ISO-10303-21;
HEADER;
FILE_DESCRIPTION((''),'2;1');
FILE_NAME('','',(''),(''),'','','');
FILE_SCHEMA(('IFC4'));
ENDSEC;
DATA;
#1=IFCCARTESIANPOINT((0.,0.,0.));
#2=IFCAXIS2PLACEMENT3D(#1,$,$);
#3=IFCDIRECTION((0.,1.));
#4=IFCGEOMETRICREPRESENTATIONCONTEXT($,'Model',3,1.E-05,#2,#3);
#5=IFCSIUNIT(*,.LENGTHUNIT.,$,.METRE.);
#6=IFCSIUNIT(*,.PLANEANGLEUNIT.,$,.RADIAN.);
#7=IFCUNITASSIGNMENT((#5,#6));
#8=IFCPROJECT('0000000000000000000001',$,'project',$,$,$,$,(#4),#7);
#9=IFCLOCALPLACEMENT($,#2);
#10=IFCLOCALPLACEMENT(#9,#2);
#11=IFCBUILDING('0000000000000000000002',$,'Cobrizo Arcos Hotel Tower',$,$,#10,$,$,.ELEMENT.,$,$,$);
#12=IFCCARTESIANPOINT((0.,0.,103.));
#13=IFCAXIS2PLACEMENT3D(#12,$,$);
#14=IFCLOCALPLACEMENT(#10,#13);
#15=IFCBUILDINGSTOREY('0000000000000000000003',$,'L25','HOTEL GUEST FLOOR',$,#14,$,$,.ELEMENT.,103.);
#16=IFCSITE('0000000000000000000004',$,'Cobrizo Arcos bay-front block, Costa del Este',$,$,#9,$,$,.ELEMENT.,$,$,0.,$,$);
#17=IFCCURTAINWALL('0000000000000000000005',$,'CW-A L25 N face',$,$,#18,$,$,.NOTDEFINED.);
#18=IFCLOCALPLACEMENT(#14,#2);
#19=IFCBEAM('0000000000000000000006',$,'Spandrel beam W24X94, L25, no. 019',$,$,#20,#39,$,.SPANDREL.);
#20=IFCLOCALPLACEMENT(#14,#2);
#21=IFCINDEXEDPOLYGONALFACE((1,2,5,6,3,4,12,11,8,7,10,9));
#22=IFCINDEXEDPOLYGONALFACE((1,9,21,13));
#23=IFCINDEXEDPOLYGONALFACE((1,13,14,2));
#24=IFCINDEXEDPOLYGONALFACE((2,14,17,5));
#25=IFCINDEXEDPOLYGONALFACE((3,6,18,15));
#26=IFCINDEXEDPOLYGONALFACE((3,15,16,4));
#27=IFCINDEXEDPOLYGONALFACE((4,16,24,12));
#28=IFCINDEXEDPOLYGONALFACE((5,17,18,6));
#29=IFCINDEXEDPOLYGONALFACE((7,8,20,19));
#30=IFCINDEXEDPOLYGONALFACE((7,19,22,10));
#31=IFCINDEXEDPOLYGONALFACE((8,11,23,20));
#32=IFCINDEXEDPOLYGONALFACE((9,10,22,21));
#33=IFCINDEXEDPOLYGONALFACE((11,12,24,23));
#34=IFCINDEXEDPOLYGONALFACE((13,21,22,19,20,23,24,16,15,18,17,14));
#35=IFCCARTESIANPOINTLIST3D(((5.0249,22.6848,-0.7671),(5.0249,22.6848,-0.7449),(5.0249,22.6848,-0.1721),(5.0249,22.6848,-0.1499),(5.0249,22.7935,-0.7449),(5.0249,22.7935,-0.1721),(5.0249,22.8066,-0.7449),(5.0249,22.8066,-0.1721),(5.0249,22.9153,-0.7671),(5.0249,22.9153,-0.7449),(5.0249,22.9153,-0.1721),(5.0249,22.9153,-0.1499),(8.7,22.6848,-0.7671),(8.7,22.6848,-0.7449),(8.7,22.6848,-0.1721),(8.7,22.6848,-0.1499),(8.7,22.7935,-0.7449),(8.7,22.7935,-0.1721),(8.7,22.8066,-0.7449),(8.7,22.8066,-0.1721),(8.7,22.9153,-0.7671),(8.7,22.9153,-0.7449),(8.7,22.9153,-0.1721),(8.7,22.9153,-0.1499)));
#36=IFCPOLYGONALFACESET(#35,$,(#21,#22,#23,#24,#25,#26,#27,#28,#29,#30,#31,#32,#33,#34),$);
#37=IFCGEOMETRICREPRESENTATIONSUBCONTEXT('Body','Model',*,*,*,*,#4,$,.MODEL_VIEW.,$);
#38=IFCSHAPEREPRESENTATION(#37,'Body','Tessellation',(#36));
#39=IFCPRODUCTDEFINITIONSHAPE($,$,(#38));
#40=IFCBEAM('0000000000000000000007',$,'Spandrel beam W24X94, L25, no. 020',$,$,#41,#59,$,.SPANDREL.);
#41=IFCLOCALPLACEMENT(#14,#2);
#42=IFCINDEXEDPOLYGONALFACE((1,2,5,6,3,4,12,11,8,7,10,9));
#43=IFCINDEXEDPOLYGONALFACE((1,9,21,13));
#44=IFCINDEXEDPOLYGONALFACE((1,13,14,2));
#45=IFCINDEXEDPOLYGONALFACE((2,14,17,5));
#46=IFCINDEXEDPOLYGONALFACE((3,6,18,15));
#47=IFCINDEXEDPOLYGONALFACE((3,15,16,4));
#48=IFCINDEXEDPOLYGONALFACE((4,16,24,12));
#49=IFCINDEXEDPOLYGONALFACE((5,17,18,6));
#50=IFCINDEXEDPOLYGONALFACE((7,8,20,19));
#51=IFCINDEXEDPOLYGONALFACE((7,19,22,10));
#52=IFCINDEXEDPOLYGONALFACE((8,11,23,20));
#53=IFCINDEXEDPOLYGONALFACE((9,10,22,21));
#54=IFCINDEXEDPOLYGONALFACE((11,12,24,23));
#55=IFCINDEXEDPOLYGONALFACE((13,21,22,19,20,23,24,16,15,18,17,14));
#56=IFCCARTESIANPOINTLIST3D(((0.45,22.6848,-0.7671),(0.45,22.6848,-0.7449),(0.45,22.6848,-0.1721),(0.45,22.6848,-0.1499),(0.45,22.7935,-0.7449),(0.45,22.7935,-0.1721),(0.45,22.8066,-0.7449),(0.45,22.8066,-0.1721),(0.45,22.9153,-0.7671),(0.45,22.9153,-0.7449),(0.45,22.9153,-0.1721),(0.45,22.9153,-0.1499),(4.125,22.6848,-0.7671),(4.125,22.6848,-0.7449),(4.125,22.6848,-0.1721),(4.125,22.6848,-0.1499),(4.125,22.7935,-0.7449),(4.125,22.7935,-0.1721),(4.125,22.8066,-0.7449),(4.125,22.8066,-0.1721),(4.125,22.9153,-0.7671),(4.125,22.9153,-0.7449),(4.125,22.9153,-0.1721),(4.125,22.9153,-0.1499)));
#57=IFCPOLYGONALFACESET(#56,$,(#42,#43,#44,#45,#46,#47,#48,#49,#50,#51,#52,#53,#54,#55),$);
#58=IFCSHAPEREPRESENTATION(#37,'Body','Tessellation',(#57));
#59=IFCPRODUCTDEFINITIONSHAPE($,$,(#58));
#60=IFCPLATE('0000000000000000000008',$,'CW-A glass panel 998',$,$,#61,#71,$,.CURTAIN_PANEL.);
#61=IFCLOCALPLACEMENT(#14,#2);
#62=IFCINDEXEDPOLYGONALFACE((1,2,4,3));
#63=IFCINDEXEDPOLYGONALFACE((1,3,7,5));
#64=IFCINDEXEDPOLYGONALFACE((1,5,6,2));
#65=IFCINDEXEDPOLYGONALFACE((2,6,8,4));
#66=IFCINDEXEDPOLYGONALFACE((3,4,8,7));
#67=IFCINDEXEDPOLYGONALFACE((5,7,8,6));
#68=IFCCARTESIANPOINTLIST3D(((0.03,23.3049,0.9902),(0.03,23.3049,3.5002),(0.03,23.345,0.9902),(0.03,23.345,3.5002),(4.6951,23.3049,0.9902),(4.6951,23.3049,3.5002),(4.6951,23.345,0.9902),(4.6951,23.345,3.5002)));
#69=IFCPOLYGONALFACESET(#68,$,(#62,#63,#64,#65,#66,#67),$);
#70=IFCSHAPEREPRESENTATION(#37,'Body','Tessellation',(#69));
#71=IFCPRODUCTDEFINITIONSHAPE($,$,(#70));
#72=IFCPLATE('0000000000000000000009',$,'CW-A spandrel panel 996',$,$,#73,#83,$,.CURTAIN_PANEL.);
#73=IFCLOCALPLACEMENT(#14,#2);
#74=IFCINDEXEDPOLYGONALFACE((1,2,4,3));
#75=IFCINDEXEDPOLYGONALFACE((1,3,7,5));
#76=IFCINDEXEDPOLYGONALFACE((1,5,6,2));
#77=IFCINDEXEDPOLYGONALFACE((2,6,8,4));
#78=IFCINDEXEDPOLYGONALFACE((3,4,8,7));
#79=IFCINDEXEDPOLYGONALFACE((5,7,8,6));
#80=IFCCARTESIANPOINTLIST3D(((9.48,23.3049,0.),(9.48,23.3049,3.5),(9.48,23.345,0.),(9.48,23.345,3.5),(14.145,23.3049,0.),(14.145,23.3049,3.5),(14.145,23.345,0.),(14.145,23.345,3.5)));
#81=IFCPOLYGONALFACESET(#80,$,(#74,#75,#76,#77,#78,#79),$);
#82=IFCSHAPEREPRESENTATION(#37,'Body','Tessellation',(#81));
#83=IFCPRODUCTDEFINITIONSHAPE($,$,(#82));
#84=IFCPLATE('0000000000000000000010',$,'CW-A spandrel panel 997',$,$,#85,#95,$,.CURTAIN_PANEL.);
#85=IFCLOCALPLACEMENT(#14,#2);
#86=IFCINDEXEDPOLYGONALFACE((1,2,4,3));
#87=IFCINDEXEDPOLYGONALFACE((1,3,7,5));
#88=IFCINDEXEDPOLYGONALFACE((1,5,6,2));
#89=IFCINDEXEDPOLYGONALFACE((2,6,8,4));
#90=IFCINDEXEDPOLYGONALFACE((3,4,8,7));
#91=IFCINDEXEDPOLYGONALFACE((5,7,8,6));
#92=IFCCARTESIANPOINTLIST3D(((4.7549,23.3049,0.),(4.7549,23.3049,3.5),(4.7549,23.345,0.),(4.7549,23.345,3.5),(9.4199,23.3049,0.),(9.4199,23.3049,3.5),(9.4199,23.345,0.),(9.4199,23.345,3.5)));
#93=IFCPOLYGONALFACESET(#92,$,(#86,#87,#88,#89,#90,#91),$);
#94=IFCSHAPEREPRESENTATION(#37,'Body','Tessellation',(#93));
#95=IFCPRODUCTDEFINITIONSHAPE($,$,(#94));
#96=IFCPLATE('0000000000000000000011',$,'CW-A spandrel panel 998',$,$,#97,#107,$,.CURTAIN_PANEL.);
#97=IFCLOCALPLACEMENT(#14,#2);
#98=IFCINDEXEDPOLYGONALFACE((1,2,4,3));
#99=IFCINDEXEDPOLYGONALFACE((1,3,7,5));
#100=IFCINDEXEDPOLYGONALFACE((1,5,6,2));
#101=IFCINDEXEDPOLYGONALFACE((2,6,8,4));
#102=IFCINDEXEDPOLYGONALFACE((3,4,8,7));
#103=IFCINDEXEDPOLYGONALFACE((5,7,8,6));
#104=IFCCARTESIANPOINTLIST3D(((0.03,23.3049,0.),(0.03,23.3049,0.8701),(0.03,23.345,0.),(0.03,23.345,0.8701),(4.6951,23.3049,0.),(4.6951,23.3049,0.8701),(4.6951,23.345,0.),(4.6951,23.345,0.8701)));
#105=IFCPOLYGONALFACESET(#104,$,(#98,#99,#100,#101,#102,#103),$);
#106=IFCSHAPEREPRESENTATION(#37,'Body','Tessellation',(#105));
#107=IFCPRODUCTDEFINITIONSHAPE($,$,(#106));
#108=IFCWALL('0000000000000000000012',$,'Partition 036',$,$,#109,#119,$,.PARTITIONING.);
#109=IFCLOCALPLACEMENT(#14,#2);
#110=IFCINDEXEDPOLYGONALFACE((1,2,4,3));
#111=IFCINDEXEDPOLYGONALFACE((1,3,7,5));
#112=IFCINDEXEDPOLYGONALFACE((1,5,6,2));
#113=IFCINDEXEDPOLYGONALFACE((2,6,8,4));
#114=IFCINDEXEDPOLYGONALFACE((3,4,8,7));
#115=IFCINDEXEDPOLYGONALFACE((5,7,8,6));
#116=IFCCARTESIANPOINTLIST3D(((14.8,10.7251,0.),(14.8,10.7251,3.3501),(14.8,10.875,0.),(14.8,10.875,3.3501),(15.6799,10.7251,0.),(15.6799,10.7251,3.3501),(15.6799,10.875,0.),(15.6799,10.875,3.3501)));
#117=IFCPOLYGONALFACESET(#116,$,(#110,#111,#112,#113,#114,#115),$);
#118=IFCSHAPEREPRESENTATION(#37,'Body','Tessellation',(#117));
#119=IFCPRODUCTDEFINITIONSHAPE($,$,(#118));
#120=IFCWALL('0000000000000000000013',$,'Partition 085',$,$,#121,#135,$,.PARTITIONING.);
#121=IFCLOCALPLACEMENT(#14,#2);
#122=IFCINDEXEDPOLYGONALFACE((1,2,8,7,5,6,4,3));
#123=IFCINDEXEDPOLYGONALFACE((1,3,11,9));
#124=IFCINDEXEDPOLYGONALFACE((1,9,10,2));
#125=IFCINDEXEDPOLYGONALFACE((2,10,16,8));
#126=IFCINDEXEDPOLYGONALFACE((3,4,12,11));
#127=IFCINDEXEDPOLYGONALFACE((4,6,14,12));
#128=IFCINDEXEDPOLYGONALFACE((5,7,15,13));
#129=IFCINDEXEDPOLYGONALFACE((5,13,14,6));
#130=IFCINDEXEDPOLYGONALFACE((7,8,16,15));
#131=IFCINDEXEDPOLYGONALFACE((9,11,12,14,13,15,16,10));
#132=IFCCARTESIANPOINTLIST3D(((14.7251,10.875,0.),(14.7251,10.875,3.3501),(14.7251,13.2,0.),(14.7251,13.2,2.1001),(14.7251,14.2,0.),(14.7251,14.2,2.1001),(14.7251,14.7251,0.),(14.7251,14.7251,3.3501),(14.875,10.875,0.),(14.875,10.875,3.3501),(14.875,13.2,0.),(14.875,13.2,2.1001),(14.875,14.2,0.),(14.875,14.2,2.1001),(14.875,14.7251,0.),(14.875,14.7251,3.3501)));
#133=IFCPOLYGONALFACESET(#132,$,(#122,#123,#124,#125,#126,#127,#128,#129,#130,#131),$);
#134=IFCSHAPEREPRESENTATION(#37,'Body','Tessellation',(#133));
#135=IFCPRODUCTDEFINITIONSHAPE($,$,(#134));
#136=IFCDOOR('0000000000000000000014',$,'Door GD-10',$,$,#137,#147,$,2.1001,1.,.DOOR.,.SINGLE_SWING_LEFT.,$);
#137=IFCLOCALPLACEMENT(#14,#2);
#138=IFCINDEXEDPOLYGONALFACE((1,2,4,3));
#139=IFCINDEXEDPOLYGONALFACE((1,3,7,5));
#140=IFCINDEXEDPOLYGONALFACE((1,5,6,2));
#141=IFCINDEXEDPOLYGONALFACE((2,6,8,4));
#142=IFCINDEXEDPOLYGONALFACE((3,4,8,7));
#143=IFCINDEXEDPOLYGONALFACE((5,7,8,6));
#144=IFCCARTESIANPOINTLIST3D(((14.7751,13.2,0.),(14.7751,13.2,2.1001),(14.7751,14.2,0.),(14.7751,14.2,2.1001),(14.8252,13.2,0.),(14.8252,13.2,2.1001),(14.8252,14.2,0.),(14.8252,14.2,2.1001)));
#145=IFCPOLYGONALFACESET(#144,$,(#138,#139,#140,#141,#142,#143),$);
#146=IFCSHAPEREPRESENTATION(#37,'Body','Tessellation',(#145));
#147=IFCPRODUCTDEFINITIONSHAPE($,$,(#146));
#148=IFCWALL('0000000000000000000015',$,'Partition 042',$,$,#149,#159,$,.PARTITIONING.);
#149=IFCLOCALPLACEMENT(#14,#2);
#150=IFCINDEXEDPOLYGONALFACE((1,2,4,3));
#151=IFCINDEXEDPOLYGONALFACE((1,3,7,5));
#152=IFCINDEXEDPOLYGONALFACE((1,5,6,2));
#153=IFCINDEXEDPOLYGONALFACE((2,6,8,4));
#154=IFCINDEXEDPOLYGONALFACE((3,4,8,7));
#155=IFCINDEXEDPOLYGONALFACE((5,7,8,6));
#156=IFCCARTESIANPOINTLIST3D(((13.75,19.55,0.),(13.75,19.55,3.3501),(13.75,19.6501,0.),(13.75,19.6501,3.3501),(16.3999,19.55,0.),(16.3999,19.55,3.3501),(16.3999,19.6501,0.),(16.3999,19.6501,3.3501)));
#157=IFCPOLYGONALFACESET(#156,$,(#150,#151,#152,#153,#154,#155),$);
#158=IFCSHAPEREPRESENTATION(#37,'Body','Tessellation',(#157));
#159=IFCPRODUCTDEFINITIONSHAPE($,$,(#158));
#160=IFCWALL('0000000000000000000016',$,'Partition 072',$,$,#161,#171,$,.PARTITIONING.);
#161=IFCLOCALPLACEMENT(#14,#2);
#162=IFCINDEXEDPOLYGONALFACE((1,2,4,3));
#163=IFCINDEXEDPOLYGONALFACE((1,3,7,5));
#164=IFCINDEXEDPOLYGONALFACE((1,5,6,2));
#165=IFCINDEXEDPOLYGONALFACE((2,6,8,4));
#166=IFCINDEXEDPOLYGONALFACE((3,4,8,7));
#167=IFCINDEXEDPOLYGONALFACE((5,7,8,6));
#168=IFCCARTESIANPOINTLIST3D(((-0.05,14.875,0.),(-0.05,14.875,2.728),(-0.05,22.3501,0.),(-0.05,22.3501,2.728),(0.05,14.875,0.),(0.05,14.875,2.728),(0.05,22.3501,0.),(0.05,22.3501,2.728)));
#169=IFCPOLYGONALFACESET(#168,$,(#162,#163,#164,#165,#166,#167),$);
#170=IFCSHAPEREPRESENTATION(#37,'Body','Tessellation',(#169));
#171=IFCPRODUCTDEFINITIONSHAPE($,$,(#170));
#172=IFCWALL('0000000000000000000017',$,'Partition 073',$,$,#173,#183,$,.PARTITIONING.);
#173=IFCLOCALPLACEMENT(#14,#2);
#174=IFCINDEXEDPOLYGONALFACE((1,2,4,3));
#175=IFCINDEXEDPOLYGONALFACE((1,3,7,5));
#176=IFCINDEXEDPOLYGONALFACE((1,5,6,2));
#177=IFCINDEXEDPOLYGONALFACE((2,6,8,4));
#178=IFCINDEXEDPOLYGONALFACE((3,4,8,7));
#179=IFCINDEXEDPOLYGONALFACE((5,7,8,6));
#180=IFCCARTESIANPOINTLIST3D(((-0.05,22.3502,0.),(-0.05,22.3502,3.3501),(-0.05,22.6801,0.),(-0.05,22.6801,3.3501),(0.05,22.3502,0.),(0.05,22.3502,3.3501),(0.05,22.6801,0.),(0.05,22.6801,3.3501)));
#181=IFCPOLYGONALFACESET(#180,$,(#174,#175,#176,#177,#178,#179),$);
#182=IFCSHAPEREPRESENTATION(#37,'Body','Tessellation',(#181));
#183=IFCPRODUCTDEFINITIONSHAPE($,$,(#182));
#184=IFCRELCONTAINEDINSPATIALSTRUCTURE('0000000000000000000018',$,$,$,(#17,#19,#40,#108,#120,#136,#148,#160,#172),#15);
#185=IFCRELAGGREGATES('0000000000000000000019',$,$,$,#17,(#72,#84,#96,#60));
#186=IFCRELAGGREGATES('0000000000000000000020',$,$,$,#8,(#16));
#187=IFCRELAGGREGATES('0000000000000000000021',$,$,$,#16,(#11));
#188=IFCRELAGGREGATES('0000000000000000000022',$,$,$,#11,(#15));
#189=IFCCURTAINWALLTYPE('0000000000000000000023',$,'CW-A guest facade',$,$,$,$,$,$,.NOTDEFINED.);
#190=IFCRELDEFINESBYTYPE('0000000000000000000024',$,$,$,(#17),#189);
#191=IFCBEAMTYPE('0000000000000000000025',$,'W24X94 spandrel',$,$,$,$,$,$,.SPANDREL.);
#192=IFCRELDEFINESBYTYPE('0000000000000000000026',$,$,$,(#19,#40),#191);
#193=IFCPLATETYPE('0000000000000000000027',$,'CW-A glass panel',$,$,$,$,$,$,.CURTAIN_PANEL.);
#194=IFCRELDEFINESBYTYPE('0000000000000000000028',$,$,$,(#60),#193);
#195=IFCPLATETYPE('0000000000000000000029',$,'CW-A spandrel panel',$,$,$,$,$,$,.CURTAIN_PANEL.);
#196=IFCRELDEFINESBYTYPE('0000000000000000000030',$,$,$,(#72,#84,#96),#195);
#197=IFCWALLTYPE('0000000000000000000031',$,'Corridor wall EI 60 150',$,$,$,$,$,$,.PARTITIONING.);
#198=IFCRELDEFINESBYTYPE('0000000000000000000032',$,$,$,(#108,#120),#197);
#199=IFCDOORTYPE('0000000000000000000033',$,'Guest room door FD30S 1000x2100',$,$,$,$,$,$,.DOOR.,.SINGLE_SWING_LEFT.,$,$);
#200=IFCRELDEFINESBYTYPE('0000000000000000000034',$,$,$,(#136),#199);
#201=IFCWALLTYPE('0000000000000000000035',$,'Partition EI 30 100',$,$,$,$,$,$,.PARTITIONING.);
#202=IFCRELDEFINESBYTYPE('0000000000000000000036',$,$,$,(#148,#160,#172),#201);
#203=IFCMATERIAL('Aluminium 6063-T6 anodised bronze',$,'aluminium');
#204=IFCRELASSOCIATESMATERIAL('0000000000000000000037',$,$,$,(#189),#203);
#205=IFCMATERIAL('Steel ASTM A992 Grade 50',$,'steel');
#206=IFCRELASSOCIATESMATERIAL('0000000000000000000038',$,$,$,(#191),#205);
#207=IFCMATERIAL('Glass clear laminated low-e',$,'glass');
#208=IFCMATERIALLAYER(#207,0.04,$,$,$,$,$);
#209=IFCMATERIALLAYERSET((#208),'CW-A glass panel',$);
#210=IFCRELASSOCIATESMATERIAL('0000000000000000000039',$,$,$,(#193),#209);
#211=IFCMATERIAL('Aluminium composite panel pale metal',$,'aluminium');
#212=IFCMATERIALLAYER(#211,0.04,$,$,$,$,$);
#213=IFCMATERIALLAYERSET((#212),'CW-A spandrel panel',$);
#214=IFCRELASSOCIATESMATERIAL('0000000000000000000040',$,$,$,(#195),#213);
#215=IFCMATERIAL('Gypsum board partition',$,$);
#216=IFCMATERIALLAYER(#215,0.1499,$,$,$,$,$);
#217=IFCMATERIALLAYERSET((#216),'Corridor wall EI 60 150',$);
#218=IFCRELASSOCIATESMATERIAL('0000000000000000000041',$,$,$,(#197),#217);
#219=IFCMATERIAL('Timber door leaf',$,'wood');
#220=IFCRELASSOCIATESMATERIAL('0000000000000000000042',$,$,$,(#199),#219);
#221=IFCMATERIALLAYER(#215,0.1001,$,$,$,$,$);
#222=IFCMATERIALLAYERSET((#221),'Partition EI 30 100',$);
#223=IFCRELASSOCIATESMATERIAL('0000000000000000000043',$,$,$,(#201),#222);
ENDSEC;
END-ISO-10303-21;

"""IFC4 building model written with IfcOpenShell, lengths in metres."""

from ifc_helpers import new_model, si_unit, direction, frame, frame_2d, origin, origin_2d, place, context, subcontext, project, spatial, rectangle, i_section, extrude, material, layer, layer_set, material_profile, profile_set, type_object, element, fill, aggregate, save


model = new_model("IFC4")

# Units and contexts
model_context = context("Model", 3, precision=1e-05, world=origin(), true_north=direction((0.0, 1.0)))
body_context = subcontext(model_context, "Body", "Model", "MODEL_VIEW")
ifc_project = project(units=[si_unit("LENGTHUNIT", "METRE"), si_unit("PLANEANGLEUNIT", "RADIAN")], contexts=[model_context])

# Site, building, storey
site_placement = place(None, origin())
site = spatial("IfcSite", under=ifc_project, at=site_placement, Name="Cobrizo Arcos bay-front block, Costa del Este", CompositionType="ELEMENT", RefElevation=0.0)
building_placement = place(site_placement, origin())
building = spatial("IfcBuilding", under=site, at=building_placement, Name="Cobrizo Arcos Hotel Tower", CompositionType="ELEMENT")
storey_placement = place(building_placement, frame((0.0, 0.0, 103.0)))
storey = spatial("IfcBuildingStorey", under=building, at=storey_placement, Name="L25", Description="HOTEL GUEST FLOOR", CompositionType="ELEMENT", Elevation=103.0)

# Curtain wall
ifc_material_1 = material(Name="Aluminium 6063-T6 anodised bronze", Category="aluminium")
curtain_wall_type = type_object("IfcCurtainWallType", Name="CW-A guest facade", PredefinedType="NOTDEFINED", material=ifc_material_1)
curtain_wall_placement = place(storey_placement, origin())
curtain_wall = element("IfcCurtainWall", 1, at=curtain_wall_placement, inside=storey, type_object=curtain_wall_type, Name="CW-A L25 N face", PredefinedType="NOTDEFINED")

# Beams
ifc_material_2 = material(Name="Steel ASTM A992 Grade 50", Category="steel")
ifc_material_profile_1 = material_profile(ifc_material_2, i_section(OverallWidth=0.2305, OverallDepth=0.6172, WebThickness=0.0132, FlangeThickness=0.0222, at=origin_2d()), Name="W24X94")
ifc_profile_set_1 = profile_set([ifc_material_profile_1], Name="Steel ASTM A992 Grade 50")
beam_type_1 = type_object("IfcBeamType", Name="W24X94 spandrel", PredefinedType="SPANDREL", material=ifc_profile_set_1)
for number, where, z_axis, x_axis, name in (
    (2, (8.7, 22.8, -0.4585), (-1.0, 0.0, 0.0), (0.0, -1.0, 0.0), "Spandrel beam W24X94, L25, no. 019"),
    (3, (4.125, 22.8, -0.4585), (-1.0, 0.0, 0.0), (0.0, -1.0, 0.0), "Spandrel beam W24X94, L25, no. 020"),
):
    element("IfcBeam", number, at=place(storey_placement, frame(where, z_axis=z_axis, x_axis=x_axis)), inside=storey, type_object=beam_type_1, Name=name, PredefinedType="SPANDREL", context=body_context, shape_type="SweptSolid", body=[
        extrude(i_section(OverallWidth=0.2305, OverallDepth=0.6172, WebThickness=0.0132, FlangeThickness=0.0222, at=origin_2d()), origin(), (0.0, 0.0, 1.0), 3.675),
    ])

# Plates
ifc_material_3 = material(Name="Glass clear laminated low-e", Category="glass")
ifc_layer_1 = layer(ifc_material_3, 0.04)
ifc_layer_set_1 = layer_set([ifc_layer_1], Name="CW-A glass panel")
plate_type_1 = type_object("IfcPlateType", Name="CW-A glass panel", PredefinedType="CURTAIN_PANEL", material=ifc_layer_set_1)
plate_1_placement = place(storey_placement, frame((2.3625, 23.325, 0.9902), z_axis=(0.0, 0.0, 1.0), x_axis=(-1.0, 0.0, 0.0)))
plate_1 = element("IfcPlate", 4, at=plate_1_placement, type_object=plate_type_1, Name="CW-A glass panel 998", PredefinedType="CURTAIN_PANEL", context=body_context, shape_type="SweptSolid", body=[
    extrude(rectangle(XDim=4.665, YDim=0.04, at=origin_2d()), origin(), (0.0, 0.0, 1.0), 2.51),
])
ifc_material_4 = material(Name="Aluminium composite panel pale metal", Category="aluminium")
ifc_layer_2 = layer(ifc_material_4, 0.04)
ifc_layer_set_2 = layer_set([ifc_layer_2], Name="CW-A spandrel panel")
plate_type_2 = type_object("IfcPlateType", Name="CW-A spandrel panel", PredefinedType="CURTAIN_PANEL", material=ifc_layer_set_2)
plate_2_placement = place(storey_placement, frame((11.8125, 23.325, 0.0), z_axis=(0.0, 0.0, 1.0), x_axis=(-1.0, 0.0, 0.0)))
plate_2 = element("IfcPlate", 5, at=plate_2_placement, type_object=plate_type_2, Name="CW-A spandrel panel 996", PredefinedType="CURTAIN_PANEL", context=body_context, shape_type="SweptSolid", body=[
    extrude(rectangle(XDim=4.665, YDim=0.04, at=origin_2d()), origin(), (0.0, 0.0, 1.0), 3.5),
])
plate_3_placement = place(storey_placement, frame((7.0874, 23.325, 0.0), z_axis=(0.0, 0.0, 1.0), x_axis=(-1.0, 0.0, 0.0)))
plate_3 = element("IfcPlate", 6, at=plate_3_placement, type_object=plate_type_2, Name="CW-A spandrel panel 997", PredefinedType="CURTAIN_PANEL", context=body_context, shape_type="SweptSolid", body=[
    extrude(rectangle(XDim=4.665, YDim=0.04, at=origin_2d()), origin(), (0.0, 0.0, 1.0), 3.5),
])
plate_4_placement = place(storey_placement, frame((2.3625, 23.325, 0.0), z_axis=(0.0, 0.0, 1.0), x_axis=(-1.0, 0.0, 0.0)))
plate_4 = element("IfcPlate", 7, at=plate_4_placement, type_object=plate_type_2, Name="CW-A spandrel panel 998", PredefinedType="CURTAIN_PANEL", context=body_context, shape_type="SweptSolid", body=[
    extrude(rectangle(XDim=4.665, YDim=0.04, at=origin_2d()), origin(), (0.0, 0.0, 1.0), 0.8701),
])
aggregate(curtain_wall, [plate_2, plate_3, plate_4, plate_1])

# Wall
ifc_material_5 = material(Name="Gypsum board partition")
ifc_layer_3 = layer(ifc_material_5, 0.1499)
ifc_layer_set_3 = layer_set([ifc_layer_3], Name="Corridor wall EI 60 150")
wall_type_1 = type_object("IfcWallType", Name="Corridor wall EI 60 150", PredefinedType="PARTITIONING", material=ifc_layer_set_3)
wall_1_placement = place(storey_placement, frame((14.8, 10.8, 0.0), z_axis=(0.0, 0.0, 1.0), x_axis=(1.0, 0.0, 0.0)))
element("IfcWall", 8, at=wall_1_placement, inside=storey, type_object=wall_type_1, Name="Partition 036", PredefinedType="PARTITIONING", context=body_context, shape_type="SweptSolid", body=[
    extrude(rectangle(XDim=0.8799, YDim=0.1499, at=frame_2d((0.4399, 0.0))), origin(), (0.0, 0.0, 1.0), 3.3501),
])

# Wall, opening, door
wall_2_placement = place(storey_placement, frame((14.8, 10.875, 0.0), z_axis=(0.0, 0.0, 1.0), x_axis=(0.0, 1.0, 0.0)))
wall_2 = element("IfcWall", 9, at=wall_2_placement, inside=storey, type_object=wall_type_1, Name="Partition 085", PredefinedType="PARTITIONING", context=body_context, shape_type="SweptSolid", body=[
    extrude(rectangle(XDim=3.8501, YDim=0.1499, at=frame_2d((1.925, 0.0))), origin(), (0.0, 0.0, 1.0), 3.3501),
])
opening_placement = place(wall_2_placement, frame((2.325, 0.0, 0.0)))
opening = element("IfcOpeningElement", 10, at=opening_placement, cuts=wall_2, PredefinedType="OPENING", context=body_context, shape_type="SweptSolid", body=[
    extrude(rectangle(XDim=1.0, YDim=2.1001, at=frame_2d((0.5, 1.05))), frame((0.0, 0.0869, 0.0), z_axis=(0.0, -1.0, 0.0), x_axis=(1.0, 0.0, 0.0)), (0.0, 0.0, 1.0), 0.1738),
])
ifc_material_6 = material(Name="Timber door leaf", Category="wood")
door_type = type_object("IfcDoorType", Name="Guest room door FD30S 1000x2100", OperationType="SINGLE_SWING_LEFT", PredefinedType="DOOR", material=ifc_material_6)
door_placement = place(opening_placement, origin())
door = element("IfcDoor", 11, at=door_placement, inside=storey, type_object=door_type, Name="Door GD-10", OperationType="SINGLE_SWING_LEFT", OverallHeight=2.1001, OverallWidth=1.0, PredefinedType="DOOR", context=body_context, shape_type="SweptSolid", body=[
    extrude(rectangle(XDim=1.0, YDim=2.1001, at=frame_2d((0.5, 1.05))), frame((0.0, 0.0249, 0.0), z_axis=(0.0, -1.0, 0.0), x_axis=(1.0, 0.0, 0.0)), (0.0, 0.0, 1.0), 0.05),
])
fill(opening, door)

# Walls
ifc_layer_4 = layer(ifc_material_5, 0.1001)
ifc_layer_set_4 = layer_set([ifc_layer_4], Name="Partition EI 30 100")
wall_type_2 = type_object("IfcWallType", Name="Partition EI 30 100", PredefinedType="PARTITIONING", material=ifc_layer_set_4)
wall_3_placement = place(storey_placement, frame((13.75, 19.6001, 0.0), z_axis=(0.0, 0.0, 1.0), x_axis=(1.0, 0.0, 0.0)))
element("IfcWall", 12, at=wall_3_placement, inside=storey, type_object=wall_type_2, Name="Partition 042", PredefinedType="PARTITIONING", context=body_context, shape_type="SweptSolid", body=[
    extrude(rectangle(XDim=2.6499, YDim=0.1001, at=frame_2d((1.325, 0.0))), origin(), (0.0, 0.0, 1.0), 3.3501),
])
wall_4_placement = place(storey_placement, frame((0.0, 14.875, 0.0), z_axis=(0.0, 0.0, 1.0), x_axis=(0.0, 1.0, 0.0)))
element("IfcWall", 13, at=wall_4_placement, inside=storey, type_object=wall_type_2, Name="Partition 072", PredefinedType="PARTITIONING", context=body_context, shape_type="SweptSolid", body=[
    extrude(rectangle(XDim=7.4751, YDim=0.1001, at=frame_2d((3.7375, 0.0))), origin(), (0.0, 0.0, 1.0), 2.728),
])
wall_5_placement = place(storey_placement, frame((0.0, 22.3501, 0.0), z_axis=(0.0, 0.0, 1.0), x_axis=(0.0, 1.0, 0.0)))
element("IfcWall", 14, at=wall_5_placement, inside=storey, type_object=wall_type_2, Name="Partition 073", PredefinedType="PARTITIONING", context=body_context, shape_type="SweptSolid", body=[
    extrude(rectangle(XDim=0.3298, YDim=0.1001, at=frame_2d((0.165, 0.0))), origin(), (0.0, 0.0, 1.0), 3.3501),
])

save(model, "model.ifc")
